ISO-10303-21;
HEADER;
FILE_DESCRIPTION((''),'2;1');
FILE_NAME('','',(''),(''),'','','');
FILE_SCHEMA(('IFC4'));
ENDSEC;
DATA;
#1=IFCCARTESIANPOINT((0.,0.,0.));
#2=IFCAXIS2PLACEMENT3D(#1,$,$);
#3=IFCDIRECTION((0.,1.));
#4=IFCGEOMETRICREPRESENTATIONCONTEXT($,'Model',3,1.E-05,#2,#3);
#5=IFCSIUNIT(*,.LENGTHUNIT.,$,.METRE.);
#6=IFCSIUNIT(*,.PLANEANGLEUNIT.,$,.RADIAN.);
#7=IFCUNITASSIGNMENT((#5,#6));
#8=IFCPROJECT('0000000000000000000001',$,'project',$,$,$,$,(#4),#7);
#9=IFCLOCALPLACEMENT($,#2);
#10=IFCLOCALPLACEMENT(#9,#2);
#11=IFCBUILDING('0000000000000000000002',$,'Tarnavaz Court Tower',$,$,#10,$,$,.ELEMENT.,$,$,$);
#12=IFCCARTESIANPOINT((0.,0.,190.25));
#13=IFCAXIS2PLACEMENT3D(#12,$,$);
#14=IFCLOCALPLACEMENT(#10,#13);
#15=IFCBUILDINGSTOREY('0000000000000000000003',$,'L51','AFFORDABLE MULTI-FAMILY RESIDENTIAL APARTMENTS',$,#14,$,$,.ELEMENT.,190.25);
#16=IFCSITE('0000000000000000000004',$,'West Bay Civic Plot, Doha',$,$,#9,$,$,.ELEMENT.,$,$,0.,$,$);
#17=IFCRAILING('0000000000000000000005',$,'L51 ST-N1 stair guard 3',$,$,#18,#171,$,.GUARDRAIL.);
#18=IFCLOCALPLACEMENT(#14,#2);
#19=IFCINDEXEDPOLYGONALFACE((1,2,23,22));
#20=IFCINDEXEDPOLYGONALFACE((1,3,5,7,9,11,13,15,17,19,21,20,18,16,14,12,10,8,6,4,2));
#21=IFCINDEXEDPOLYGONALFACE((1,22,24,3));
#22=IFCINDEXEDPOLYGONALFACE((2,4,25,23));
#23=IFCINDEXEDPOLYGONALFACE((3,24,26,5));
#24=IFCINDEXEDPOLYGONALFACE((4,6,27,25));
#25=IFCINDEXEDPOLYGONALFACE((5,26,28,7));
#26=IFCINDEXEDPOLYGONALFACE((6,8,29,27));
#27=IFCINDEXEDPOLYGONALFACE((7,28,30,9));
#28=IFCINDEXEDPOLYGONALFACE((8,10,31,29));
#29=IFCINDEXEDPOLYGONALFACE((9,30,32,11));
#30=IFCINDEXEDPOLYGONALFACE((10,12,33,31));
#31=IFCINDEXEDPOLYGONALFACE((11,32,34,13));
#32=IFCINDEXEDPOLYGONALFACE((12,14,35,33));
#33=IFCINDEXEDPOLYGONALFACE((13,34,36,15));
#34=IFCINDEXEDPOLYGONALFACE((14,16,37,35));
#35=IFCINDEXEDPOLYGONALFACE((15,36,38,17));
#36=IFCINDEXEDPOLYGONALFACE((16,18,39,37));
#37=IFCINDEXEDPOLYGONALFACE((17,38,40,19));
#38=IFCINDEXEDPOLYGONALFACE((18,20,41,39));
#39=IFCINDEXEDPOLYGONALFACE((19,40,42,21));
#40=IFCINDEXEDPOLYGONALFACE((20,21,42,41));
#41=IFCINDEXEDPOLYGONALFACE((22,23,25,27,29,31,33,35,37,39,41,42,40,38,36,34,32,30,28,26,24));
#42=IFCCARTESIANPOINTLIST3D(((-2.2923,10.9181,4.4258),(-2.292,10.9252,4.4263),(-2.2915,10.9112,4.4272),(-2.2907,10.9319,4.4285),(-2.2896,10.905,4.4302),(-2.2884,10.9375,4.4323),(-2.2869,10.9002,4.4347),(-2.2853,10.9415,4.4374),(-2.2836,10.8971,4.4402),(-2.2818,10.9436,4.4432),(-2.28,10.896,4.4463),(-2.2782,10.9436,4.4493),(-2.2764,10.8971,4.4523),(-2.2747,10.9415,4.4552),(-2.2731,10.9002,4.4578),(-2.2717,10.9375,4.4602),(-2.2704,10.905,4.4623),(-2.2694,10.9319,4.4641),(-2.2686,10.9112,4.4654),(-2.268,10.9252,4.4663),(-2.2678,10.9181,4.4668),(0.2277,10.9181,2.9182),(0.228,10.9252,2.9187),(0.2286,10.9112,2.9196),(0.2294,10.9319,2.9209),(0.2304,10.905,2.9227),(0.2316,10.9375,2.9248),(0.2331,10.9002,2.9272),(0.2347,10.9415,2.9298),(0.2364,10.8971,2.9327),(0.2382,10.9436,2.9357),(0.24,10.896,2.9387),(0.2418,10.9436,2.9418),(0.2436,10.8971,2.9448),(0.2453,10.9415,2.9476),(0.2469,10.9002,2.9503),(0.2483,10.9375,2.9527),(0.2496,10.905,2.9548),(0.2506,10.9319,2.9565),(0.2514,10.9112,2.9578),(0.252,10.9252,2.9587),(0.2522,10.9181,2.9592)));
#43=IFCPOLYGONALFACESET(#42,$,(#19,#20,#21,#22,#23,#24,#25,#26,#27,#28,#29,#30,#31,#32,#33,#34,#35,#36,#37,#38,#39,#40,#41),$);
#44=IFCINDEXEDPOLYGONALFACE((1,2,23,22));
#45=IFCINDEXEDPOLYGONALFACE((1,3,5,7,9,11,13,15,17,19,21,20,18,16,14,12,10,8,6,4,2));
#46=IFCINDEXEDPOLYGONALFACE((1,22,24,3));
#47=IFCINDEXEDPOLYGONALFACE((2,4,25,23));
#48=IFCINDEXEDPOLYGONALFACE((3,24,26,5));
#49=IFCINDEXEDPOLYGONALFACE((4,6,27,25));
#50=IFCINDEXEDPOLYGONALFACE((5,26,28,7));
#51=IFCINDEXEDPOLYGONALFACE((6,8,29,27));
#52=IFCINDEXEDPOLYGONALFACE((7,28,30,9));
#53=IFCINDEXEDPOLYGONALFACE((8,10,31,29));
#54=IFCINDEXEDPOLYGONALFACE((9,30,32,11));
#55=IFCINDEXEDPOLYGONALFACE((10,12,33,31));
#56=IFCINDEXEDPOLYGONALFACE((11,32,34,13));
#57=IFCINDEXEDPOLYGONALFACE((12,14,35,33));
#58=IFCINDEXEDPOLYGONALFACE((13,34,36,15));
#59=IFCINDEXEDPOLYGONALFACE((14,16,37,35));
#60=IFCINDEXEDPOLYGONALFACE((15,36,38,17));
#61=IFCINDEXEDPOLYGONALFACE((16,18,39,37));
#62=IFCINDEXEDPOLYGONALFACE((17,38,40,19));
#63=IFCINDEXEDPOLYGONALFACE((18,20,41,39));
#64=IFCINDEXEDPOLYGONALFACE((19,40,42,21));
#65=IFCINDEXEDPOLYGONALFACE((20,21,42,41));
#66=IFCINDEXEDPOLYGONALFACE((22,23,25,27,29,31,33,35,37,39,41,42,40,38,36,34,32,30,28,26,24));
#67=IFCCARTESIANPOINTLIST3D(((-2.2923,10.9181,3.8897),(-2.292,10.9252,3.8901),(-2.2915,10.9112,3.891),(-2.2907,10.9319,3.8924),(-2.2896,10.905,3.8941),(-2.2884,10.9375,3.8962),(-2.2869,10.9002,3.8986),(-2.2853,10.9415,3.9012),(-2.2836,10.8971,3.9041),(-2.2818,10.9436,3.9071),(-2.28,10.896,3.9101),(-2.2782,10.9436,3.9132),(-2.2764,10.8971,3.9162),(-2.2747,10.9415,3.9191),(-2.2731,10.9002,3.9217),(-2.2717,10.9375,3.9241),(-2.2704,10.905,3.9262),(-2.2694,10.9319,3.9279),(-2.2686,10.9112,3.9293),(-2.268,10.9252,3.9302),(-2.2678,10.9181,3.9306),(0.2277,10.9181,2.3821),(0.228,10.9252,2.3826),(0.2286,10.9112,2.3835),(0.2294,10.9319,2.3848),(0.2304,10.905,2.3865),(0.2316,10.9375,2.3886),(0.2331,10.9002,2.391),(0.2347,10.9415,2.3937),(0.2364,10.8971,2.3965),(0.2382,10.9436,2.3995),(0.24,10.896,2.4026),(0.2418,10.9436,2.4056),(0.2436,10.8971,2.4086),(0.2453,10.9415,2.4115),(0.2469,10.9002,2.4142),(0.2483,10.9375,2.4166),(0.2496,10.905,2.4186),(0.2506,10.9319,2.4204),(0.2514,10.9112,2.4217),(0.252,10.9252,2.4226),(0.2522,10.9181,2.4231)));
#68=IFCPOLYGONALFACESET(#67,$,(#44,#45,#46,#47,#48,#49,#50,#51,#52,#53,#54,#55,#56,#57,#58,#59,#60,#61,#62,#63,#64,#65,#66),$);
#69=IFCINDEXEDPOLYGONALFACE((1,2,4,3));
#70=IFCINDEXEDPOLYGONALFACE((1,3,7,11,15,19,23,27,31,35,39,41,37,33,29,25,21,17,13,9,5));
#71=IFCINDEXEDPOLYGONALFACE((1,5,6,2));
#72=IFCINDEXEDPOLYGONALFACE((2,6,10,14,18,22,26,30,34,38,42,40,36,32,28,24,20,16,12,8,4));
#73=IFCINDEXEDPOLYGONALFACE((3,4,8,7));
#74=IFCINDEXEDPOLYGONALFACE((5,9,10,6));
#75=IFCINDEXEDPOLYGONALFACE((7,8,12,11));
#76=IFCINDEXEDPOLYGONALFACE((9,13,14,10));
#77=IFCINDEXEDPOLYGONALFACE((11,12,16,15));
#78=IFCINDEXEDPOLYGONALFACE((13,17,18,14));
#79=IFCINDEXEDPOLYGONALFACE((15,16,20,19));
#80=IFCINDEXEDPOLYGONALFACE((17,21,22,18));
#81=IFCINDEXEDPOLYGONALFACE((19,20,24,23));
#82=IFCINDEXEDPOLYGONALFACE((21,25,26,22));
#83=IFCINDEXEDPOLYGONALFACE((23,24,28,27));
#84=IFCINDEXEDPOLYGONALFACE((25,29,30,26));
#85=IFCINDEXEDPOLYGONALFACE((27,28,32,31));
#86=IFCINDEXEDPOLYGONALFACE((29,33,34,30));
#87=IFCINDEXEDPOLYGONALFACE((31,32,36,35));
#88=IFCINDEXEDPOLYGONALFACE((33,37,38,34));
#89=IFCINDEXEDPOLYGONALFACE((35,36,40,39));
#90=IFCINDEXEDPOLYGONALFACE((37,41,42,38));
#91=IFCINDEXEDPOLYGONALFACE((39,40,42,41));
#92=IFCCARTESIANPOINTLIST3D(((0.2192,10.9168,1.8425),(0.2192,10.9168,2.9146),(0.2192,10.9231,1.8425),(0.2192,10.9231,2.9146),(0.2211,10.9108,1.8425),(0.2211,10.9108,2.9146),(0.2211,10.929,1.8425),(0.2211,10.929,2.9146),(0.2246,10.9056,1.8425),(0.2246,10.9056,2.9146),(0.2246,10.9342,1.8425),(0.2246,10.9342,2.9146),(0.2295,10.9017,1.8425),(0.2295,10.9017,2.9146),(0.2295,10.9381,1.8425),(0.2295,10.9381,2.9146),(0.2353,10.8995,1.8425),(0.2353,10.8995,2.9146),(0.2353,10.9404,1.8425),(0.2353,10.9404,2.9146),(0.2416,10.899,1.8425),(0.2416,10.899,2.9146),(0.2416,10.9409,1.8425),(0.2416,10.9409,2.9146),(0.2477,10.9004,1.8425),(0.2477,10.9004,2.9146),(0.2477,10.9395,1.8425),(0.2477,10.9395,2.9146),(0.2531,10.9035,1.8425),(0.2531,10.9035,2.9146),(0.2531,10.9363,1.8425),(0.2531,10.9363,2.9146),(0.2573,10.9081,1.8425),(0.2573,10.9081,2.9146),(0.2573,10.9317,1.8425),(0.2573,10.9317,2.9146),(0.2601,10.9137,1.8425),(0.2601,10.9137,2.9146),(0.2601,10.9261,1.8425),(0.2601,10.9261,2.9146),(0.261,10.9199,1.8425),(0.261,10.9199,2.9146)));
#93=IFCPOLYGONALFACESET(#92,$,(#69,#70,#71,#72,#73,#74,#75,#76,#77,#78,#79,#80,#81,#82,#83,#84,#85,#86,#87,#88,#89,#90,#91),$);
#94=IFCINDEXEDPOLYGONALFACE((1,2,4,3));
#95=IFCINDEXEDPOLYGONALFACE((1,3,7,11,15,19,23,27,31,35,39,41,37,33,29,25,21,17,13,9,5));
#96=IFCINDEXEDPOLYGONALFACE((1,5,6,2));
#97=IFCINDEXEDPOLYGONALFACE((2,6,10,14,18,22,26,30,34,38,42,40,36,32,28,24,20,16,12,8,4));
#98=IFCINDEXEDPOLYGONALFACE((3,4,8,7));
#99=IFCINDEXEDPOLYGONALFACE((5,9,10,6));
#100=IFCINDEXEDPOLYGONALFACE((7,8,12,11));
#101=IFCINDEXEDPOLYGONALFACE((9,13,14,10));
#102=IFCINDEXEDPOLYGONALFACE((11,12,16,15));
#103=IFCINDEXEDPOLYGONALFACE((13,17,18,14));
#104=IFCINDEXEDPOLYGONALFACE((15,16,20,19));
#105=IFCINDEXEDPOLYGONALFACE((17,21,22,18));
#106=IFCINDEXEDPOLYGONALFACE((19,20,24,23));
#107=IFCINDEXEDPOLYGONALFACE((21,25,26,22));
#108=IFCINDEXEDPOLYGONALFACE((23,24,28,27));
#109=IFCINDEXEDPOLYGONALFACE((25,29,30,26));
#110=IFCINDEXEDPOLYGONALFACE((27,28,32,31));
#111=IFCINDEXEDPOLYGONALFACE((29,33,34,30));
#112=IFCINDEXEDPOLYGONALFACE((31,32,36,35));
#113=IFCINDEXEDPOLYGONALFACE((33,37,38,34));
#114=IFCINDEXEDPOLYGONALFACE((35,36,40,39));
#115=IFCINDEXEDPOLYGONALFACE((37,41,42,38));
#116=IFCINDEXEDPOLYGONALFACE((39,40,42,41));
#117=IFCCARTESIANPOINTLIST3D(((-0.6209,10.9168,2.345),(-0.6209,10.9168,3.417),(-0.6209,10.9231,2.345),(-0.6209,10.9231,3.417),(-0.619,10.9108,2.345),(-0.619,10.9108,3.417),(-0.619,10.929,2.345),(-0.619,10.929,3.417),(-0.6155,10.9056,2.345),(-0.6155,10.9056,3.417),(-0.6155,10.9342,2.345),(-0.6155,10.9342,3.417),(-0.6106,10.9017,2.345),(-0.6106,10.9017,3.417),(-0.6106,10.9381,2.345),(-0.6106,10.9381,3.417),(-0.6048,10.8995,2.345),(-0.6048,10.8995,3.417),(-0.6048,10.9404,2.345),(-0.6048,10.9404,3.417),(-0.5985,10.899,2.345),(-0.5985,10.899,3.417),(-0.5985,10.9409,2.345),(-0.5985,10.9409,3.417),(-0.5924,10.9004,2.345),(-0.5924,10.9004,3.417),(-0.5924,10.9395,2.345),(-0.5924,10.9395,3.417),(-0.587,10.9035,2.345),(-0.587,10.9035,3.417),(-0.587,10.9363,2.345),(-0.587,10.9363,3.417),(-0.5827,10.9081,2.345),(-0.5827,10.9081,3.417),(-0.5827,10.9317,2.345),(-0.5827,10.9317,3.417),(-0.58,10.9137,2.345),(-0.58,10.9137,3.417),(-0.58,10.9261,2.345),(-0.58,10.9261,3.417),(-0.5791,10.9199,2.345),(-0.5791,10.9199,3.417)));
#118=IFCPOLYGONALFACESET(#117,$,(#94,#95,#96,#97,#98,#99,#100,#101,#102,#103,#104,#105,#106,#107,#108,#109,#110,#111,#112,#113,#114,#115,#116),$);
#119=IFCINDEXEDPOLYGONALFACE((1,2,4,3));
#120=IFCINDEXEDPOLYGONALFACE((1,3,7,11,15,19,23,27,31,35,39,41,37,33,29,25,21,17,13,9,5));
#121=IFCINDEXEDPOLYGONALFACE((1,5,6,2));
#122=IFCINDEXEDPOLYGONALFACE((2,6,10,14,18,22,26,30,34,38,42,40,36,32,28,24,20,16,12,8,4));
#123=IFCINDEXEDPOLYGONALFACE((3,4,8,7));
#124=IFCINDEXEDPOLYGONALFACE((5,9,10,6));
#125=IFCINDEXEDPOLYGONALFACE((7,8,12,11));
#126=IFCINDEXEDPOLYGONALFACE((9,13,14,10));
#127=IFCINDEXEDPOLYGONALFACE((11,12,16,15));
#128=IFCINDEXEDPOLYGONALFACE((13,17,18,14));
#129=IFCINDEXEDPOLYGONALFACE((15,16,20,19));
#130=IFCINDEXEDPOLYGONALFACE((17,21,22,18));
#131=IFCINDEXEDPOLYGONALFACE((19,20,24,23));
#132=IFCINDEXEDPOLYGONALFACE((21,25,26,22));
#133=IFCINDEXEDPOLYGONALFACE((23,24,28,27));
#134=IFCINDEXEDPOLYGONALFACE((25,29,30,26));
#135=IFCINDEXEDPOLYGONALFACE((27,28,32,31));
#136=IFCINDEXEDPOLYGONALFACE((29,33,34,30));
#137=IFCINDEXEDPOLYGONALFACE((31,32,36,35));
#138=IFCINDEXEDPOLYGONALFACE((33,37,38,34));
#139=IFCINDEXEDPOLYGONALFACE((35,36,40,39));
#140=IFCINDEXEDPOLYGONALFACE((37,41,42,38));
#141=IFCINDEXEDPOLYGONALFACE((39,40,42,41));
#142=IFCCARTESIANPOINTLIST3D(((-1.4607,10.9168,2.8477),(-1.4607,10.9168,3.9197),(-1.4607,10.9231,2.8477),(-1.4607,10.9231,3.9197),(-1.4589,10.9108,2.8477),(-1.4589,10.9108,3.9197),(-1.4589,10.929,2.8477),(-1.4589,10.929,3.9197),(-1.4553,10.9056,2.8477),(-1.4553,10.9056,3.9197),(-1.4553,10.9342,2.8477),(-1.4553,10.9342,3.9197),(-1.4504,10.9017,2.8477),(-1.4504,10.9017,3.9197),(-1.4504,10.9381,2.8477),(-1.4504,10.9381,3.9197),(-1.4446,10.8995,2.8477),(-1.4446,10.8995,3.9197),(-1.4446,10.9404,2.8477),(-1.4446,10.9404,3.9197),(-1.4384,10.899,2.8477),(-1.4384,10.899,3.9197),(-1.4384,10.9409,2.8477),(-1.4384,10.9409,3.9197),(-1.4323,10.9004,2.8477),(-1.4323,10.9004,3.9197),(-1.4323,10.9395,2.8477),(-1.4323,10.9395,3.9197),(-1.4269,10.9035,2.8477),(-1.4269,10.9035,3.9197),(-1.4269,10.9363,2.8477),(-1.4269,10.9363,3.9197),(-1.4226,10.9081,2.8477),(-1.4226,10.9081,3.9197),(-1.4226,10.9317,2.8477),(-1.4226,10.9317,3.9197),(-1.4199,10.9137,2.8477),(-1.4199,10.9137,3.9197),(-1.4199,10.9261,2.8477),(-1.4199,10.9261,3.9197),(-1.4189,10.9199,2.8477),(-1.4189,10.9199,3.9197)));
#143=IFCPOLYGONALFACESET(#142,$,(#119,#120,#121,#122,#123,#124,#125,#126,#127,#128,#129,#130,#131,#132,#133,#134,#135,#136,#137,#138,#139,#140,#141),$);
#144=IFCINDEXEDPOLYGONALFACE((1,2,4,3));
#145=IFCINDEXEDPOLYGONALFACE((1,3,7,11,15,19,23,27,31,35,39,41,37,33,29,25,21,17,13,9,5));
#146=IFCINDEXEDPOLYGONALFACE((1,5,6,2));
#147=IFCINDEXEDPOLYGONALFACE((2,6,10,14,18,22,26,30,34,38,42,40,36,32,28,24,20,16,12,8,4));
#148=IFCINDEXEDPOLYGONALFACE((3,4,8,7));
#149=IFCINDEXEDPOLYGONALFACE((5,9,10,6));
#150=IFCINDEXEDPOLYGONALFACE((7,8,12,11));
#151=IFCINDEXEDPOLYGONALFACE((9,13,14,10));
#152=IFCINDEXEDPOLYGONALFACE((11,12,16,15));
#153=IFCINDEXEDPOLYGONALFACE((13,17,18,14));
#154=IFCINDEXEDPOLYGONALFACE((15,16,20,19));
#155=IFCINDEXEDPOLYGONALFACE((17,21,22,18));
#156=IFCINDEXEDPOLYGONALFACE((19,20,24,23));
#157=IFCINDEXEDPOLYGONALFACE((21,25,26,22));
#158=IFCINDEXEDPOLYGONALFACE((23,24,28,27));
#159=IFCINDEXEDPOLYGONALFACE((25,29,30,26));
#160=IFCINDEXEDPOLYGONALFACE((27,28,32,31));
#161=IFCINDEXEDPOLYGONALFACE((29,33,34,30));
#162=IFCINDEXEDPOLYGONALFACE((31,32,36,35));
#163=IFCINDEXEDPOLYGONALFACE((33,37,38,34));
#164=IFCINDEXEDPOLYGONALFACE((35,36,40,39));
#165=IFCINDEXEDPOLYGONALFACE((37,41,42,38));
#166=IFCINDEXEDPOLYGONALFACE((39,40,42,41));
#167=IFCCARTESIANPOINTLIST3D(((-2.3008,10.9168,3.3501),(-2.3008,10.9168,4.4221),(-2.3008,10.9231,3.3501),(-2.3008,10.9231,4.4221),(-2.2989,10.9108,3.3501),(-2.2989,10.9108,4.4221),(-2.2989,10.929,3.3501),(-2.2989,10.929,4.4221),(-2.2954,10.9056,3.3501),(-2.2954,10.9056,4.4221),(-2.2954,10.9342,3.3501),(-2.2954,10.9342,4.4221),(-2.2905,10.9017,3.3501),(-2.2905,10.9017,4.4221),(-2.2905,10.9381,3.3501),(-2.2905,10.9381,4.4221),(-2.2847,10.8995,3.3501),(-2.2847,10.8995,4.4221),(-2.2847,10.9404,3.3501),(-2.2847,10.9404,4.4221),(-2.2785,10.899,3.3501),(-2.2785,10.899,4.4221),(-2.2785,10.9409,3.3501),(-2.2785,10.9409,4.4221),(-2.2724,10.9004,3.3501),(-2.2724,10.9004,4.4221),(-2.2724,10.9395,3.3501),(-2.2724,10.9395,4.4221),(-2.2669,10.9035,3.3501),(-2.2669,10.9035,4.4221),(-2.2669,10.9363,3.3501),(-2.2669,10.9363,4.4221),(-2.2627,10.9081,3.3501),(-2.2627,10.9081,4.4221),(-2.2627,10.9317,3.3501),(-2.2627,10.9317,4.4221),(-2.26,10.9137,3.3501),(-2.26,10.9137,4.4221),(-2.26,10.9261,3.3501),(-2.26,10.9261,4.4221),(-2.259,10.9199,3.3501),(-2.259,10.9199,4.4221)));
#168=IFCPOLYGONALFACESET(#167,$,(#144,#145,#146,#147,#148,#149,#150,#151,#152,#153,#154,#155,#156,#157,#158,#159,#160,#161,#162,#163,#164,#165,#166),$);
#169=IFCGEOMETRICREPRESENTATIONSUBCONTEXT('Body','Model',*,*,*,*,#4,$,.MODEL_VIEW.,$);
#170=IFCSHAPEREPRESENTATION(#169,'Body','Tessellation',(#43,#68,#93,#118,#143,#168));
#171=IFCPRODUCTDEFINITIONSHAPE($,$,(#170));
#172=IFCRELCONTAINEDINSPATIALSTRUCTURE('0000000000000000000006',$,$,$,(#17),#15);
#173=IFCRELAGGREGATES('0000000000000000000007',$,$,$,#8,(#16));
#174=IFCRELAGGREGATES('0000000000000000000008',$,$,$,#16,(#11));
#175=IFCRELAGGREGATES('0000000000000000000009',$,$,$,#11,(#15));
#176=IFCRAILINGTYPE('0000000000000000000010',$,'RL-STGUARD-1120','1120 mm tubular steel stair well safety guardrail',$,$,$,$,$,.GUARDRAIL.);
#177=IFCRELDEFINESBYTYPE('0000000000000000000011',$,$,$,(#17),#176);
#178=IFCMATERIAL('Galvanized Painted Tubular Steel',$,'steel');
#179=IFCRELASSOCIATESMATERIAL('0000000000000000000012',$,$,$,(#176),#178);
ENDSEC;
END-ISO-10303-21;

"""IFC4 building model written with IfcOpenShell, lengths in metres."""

from ifc_helpers import new_model, si_unit, direction, frame, origin, origin_2d, place, context, subcontext, project, spatial, circle, extrude, material, type_object, element, save


model = new_model("IFC4")

# Units and contexts
model_context = context("Model", 3, precision=1e-05, world=origin(), true_north=direction((0.0, 1.0)))
body_context = subcontext(model_context, "Body", "Model", "MODEL_VIEW")
ifc_project = project(units=[si_unit("LENGTHUNIT", "METRE"), si_unit("PLANEANGLEUNIT", "RADIAN")], contexts=[model_context])

# Site, building, storey
site_placement = place(None, origin())
site = spatial("IfcSite", under=ifc_project, at=site_placement, Name="West Bay Civic Plot, Doha", CompositionType="ELEMENT", RefElevation=0.0)
building_placement = place(site_placement, origin())
building = spatial("IfcBuilding", under=site, at=building_placement, Name="Tarnavaz Court Tower", CompositionType="ELEMENT")
storey_placement = place(building_placement, frame((0.0, 0.0, 190.25)))
storey = spatial("IfcBuildingStorey", under=building, at=storey_placement, Name="L51", Description="AFFORDABLE MULTI-FAMILY RESIDENTIAL APARTMENTS", CompositionType="ELEMENT", Elevation=190.25)

# Railing
ifc_material_1 = material(Name="Galvanized Painted Tubular Steel", Category="steel")
railing_type_1 = type_object("IfcRailingType", Name="RL-STGUARD-1120", Description="1120 mm tubular steel stair well safety guardrail", PredefinedType="GUARDRAIL", material=ifc_material_1)
railing_1_placement = place(storey_placement, frame((0.24, 10.9199, 1.8425)))
element("IfcRailing", 1, at=railing_1_placement, inside=storey, type_object=railing_type_1, Name="L51 ST-N1 stair guard 3", PredefinedType="GUARDRAIL", context=body_context, shape_type="SweptSolid", body=[
    extrude(circle(Radius=0.0239, at=origin_2d()), frame((0.0, 0.0, 1.0962), z_axis=(-0.85816, 0.0, 0.513383), x_axis=(0.0, -1.0, 0.0)), (0.0, 0.0, 1.0), 2.9365),
    extrude(circle(Radius=0.0239, at=origin_2d()), frame((0.0, 0.0, 0.5601), z_axis=(-0.85816, 0.0, 0.513383), x_axis=(0.0, -1.0, 0.0)), (0.0, 0.0, 1.0), 2.9365),
    extrude(circle(Radius=0.021, at=origin_2d()), origin(), (0.0, 0.0, 1.0), 1.072),
    extrude(circle(Radius=0.021, at=origin_2d()), frame((-0.8401, 0.0, 0.5024)), (0.0, 0.0, 1.0), 1.072),
    extrude(circle(Radius=0.021, at=origin_2d()), frame((-1.6799, 0.0, 1.0051)), (0.0, 0.0, 1.0), 1.072),
    extrude(circle(Radius=0.021, at=origin_2d()), frame((-2.52, 0.0, 1.5076)), (0.0, 0.0, 1.0), 1.072),
])

save(model, "model.ifc")
